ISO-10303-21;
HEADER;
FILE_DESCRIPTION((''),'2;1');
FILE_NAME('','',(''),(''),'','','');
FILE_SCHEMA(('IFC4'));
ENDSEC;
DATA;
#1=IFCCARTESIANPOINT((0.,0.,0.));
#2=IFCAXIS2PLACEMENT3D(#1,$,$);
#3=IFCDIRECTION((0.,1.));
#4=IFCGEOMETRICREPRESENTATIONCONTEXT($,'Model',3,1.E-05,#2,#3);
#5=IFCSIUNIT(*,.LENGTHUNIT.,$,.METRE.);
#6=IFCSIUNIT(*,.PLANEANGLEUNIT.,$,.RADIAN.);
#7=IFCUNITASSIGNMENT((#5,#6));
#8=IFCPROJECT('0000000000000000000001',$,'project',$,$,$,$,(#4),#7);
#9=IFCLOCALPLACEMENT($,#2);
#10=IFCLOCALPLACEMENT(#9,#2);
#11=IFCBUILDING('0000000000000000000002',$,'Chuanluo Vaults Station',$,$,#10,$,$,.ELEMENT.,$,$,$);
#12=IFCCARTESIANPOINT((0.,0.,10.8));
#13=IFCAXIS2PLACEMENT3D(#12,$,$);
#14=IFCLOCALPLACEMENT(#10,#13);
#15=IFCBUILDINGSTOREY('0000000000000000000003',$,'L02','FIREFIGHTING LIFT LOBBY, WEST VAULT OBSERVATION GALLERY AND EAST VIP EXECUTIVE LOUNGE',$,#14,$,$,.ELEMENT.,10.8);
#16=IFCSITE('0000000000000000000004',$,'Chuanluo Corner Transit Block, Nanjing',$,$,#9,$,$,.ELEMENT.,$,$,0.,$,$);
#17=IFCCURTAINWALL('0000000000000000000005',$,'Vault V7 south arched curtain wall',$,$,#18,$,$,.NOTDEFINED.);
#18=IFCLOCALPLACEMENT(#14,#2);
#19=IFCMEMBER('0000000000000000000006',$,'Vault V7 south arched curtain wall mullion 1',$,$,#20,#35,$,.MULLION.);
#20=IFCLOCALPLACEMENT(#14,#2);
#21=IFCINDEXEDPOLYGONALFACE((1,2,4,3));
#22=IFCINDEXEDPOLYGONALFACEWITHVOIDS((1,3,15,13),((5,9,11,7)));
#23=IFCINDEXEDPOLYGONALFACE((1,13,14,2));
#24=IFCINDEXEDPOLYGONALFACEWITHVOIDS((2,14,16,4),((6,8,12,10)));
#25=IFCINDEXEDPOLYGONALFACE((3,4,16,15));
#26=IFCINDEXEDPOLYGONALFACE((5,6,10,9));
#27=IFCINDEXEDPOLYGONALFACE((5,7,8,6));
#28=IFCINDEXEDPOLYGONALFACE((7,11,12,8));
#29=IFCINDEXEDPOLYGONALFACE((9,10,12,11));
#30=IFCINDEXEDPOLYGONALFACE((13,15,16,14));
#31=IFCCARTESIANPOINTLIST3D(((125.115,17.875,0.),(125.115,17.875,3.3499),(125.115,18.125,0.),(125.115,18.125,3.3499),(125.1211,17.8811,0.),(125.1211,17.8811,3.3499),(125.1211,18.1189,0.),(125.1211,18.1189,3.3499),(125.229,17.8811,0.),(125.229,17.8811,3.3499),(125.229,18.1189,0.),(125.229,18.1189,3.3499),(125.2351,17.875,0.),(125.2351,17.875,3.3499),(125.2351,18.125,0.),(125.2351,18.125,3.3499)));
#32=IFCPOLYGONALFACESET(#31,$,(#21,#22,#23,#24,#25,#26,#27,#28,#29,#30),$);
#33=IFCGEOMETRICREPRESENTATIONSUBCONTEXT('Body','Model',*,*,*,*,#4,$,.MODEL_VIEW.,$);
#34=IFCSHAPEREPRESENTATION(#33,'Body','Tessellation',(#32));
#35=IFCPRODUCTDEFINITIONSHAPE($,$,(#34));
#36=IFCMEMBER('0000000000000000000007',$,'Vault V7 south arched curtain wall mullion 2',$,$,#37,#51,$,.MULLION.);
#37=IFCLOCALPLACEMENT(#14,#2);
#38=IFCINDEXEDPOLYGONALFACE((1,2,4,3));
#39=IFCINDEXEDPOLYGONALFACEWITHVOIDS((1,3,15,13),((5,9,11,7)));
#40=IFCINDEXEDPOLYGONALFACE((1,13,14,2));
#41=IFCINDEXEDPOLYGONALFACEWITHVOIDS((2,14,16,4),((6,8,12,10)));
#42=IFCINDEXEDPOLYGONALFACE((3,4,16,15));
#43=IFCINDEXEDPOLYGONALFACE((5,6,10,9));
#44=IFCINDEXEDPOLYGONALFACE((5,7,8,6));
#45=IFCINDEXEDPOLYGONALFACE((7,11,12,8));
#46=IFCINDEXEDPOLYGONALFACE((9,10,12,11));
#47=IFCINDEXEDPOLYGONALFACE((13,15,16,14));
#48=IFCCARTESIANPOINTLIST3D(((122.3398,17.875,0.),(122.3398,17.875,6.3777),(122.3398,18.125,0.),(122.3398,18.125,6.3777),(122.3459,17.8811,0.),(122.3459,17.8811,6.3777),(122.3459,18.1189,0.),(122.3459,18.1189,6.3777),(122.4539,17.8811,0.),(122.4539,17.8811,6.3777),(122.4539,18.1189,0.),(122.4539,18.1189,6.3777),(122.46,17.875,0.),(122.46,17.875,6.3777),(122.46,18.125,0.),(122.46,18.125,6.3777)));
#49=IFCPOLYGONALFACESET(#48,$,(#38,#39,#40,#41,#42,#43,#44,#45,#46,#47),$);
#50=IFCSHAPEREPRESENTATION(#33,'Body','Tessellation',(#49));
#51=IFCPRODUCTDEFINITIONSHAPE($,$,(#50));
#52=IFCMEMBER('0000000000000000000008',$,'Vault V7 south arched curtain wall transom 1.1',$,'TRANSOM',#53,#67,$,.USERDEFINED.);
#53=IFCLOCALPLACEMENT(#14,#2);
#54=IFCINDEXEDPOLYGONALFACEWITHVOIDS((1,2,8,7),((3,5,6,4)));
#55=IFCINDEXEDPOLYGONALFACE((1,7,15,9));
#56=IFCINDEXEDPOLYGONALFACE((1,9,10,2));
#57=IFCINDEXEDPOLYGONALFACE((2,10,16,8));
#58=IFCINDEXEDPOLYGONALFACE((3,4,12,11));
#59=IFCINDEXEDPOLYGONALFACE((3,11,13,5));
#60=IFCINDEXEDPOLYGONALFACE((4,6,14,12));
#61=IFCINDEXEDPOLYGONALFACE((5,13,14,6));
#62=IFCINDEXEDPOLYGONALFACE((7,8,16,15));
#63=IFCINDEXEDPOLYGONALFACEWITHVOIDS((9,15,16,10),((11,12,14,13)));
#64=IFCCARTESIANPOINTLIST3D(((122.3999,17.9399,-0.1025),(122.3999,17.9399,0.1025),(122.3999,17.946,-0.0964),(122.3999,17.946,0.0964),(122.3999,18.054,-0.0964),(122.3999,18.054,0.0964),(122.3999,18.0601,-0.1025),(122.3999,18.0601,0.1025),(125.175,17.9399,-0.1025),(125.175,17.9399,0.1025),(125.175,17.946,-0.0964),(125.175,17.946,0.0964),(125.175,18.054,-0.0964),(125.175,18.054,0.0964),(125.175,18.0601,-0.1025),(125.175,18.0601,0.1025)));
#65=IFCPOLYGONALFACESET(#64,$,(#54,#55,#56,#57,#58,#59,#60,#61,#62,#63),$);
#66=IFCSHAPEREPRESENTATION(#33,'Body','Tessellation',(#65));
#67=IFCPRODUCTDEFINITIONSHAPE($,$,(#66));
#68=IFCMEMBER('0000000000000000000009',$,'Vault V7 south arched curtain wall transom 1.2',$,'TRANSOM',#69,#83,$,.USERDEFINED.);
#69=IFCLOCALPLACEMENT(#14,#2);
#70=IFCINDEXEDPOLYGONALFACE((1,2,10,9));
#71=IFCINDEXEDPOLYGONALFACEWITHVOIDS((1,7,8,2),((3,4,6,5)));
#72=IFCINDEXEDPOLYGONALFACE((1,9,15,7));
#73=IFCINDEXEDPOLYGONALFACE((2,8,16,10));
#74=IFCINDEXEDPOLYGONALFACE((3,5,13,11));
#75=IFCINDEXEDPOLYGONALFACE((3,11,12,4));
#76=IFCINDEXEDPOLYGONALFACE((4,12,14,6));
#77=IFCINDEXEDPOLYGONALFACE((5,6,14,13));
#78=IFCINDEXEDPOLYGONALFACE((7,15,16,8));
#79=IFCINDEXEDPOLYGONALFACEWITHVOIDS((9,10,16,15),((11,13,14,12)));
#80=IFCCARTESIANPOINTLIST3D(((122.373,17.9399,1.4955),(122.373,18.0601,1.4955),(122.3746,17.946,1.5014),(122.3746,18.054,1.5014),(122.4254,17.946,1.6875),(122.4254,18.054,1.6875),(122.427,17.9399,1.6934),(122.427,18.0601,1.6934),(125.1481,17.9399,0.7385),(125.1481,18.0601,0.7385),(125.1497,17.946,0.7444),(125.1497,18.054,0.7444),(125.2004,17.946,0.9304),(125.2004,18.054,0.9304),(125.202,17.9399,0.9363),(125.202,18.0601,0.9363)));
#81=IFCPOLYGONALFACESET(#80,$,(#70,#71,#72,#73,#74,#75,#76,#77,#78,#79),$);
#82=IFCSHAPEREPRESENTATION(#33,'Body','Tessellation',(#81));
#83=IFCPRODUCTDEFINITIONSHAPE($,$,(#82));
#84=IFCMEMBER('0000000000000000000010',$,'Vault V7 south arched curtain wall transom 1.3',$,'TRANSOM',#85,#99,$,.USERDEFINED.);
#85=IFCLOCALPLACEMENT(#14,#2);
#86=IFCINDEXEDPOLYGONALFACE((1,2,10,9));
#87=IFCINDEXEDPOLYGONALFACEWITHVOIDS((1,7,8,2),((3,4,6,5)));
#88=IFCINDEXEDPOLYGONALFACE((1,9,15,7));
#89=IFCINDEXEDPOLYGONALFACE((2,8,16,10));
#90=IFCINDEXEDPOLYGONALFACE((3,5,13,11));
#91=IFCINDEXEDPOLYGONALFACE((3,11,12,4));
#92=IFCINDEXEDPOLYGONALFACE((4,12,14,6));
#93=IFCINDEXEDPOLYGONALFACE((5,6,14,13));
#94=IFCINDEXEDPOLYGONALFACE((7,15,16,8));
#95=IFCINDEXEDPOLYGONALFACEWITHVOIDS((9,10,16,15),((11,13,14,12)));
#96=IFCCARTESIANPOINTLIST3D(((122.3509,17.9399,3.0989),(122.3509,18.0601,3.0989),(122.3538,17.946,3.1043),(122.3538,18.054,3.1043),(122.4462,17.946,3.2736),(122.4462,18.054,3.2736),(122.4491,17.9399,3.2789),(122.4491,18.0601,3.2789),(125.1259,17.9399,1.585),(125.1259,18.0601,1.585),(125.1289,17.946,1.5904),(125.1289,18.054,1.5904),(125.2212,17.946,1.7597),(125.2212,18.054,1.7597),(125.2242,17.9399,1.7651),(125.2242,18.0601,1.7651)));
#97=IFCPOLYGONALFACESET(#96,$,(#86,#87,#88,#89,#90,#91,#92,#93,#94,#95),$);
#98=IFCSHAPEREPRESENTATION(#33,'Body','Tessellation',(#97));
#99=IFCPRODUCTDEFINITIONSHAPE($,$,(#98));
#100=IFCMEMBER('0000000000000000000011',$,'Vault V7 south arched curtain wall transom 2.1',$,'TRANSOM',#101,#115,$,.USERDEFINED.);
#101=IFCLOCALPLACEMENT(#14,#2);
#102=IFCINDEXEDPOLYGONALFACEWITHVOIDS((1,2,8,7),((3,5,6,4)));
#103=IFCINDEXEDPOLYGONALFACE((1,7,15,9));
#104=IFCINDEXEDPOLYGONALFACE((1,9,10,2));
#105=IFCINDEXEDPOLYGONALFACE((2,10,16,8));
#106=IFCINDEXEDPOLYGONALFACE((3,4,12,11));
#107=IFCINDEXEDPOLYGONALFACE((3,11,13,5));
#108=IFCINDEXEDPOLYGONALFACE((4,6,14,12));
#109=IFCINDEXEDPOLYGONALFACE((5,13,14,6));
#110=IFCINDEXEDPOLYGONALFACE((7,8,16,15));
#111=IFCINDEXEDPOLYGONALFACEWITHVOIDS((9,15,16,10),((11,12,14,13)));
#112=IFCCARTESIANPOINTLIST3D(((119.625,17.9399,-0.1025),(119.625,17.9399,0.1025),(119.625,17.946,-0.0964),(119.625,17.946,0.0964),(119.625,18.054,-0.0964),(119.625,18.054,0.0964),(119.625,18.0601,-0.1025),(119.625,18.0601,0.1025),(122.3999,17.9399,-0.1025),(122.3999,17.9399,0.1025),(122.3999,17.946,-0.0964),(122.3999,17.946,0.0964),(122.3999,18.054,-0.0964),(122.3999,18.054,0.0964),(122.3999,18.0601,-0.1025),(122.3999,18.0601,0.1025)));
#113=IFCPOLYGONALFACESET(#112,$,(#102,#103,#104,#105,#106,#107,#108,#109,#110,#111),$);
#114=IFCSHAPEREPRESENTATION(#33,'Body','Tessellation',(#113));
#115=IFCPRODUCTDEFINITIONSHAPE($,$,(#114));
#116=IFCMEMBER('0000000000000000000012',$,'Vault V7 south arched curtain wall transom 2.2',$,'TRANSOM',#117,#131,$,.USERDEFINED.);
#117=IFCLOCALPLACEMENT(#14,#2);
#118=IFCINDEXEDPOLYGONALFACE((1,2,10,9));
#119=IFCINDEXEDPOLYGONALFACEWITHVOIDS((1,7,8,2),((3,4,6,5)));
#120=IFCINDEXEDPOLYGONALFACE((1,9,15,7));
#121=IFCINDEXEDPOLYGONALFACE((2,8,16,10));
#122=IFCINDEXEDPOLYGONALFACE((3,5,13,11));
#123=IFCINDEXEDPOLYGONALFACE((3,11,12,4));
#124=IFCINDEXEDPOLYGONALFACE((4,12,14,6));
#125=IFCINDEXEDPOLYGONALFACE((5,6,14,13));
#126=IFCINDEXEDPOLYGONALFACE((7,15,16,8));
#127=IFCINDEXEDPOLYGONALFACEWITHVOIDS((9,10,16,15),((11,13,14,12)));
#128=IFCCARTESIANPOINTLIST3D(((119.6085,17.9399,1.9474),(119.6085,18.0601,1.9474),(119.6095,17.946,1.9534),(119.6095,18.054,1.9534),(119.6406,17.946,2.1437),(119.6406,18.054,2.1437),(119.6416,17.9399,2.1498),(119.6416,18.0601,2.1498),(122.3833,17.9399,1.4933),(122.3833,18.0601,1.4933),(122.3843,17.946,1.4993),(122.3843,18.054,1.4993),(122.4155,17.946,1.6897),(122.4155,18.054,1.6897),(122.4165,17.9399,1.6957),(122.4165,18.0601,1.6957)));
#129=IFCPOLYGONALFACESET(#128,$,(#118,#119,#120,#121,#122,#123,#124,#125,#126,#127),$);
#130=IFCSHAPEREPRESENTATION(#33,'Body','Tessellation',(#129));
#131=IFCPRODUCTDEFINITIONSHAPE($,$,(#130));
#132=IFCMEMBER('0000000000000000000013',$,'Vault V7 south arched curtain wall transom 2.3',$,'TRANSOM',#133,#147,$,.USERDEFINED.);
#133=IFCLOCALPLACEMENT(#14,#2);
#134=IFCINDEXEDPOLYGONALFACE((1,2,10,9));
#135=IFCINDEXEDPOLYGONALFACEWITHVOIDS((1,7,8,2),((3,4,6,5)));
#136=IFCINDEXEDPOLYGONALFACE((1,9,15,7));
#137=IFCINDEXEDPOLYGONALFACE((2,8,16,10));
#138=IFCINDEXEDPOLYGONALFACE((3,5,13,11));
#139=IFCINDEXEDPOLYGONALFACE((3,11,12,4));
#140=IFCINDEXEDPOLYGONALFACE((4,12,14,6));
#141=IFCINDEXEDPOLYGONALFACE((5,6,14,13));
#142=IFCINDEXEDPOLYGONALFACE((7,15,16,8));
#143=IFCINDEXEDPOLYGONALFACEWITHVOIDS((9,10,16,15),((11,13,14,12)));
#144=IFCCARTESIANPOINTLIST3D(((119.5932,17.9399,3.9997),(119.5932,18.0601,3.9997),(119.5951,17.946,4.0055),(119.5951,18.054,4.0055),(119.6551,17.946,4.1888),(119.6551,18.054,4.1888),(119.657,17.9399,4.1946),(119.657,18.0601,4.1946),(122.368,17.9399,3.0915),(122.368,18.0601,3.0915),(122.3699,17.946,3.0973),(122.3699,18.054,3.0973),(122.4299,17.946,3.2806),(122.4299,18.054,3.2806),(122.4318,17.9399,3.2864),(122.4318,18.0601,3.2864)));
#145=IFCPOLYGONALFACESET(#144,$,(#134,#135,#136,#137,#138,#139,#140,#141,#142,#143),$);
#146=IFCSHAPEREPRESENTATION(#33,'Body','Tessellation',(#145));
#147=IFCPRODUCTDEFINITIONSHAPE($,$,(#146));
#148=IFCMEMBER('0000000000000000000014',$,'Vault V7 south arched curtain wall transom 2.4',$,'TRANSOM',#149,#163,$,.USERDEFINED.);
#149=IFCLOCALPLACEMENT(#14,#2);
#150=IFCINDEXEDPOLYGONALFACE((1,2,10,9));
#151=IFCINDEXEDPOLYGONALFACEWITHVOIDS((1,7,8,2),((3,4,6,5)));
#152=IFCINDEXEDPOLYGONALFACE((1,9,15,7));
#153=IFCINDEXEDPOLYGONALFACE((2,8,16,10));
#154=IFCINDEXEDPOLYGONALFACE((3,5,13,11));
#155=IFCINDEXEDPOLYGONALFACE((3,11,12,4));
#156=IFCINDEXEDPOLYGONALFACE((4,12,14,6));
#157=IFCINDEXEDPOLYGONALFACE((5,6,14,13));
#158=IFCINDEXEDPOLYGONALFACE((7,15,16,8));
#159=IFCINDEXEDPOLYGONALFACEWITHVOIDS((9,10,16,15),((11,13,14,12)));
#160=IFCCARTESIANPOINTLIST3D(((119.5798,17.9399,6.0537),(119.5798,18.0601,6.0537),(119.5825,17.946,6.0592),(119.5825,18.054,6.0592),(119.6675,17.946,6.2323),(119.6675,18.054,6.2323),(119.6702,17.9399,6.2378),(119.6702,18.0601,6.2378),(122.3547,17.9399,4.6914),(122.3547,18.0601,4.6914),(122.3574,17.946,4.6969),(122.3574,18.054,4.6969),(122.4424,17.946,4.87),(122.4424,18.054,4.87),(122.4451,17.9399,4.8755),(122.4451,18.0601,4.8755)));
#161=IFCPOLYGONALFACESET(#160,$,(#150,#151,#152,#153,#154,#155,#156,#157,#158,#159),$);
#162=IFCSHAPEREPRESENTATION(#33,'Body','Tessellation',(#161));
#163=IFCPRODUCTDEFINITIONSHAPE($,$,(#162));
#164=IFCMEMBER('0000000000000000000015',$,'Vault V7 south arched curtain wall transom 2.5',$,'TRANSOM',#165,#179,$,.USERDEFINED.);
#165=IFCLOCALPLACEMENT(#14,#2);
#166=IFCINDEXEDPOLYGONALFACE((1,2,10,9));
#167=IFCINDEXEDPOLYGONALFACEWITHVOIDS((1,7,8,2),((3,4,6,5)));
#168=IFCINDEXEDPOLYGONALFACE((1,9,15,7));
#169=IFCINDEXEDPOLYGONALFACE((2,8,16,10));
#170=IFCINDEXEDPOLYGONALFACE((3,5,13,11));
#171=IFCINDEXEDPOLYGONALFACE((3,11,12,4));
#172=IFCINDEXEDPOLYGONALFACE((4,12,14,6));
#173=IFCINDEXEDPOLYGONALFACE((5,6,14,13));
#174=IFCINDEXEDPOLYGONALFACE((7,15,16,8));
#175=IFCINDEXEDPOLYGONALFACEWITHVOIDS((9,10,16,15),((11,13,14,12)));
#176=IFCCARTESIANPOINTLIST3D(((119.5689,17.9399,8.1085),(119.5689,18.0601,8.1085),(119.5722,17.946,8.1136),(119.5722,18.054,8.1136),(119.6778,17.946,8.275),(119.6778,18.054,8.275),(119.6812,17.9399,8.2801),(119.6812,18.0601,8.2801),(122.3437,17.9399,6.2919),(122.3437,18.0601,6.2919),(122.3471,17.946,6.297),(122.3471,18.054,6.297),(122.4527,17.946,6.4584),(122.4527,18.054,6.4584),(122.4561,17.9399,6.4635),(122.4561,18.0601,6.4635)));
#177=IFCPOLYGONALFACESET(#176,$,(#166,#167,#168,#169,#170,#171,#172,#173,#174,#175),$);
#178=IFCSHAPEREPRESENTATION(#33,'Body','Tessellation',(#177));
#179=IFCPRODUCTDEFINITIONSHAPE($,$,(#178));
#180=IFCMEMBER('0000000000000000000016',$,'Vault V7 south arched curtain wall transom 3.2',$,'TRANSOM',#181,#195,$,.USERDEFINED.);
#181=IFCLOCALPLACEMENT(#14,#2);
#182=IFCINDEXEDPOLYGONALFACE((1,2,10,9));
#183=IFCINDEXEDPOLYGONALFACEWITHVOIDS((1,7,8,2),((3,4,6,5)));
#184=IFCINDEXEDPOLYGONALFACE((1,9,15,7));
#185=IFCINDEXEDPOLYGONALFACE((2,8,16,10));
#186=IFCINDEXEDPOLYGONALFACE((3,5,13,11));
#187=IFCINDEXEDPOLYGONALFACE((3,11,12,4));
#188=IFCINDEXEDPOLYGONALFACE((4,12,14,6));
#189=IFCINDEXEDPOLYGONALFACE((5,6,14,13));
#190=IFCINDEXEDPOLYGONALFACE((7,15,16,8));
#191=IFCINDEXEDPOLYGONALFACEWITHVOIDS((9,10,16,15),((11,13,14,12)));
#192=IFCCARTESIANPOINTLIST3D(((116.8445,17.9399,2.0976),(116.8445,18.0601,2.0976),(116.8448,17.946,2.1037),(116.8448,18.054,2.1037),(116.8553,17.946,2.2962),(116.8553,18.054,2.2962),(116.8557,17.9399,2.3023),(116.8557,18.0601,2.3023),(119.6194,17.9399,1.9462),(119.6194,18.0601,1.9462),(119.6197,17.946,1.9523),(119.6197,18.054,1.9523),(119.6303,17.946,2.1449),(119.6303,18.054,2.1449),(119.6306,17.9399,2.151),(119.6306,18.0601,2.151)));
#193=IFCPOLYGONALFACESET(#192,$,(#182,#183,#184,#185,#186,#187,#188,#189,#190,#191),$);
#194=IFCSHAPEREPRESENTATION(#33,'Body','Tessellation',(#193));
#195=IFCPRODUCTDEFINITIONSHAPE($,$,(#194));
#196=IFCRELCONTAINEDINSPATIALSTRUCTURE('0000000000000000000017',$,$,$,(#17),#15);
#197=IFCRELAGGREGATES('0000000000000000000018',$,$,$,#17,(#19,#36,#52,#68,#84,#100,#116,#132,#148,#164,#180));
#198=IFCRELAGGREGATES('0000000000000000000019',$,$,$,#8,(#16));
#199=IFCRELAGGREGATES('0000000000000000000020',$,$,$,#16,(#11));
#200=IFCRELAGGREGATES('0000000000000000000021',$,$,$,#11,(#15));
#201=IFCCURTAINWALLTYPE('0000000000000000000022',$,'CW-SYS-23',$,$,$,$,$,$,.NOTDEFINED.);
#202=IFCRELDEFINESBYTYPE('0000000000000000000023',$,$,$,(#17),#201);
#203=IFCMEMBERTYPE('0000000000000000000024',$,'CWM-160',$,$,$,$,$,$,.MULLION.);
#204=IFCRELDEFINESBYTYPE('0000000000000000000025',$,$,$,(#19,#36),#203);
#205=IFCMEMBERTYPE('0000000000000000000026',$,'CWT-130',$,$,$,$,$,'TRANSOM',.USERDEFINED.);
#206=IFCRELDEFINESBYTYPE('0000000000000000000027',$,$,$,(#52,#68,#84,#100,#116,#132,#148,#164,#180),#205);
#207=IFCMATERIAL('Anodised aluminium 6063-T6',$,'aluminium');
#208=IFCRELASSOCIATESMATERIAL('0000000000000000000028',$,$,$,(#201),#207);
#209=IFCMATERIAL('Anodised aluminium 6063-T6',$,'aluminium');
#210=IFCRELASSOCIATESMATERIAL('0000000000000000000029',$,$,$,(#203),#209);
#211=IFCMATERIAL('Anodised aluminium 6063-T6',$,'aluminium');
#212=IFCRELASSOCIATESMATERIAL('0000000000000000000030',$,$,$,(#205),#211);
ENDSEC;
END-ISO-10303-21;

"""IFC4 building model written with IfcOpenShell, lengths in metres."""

from ifc_helpers import new_model, si_unit, direction, frame, origin, origin_2d, place, context, subcontext, project, spatial, hollow_rectangle, extrude, material, material_profile, profile_set, type_object, element, aggregate, save


model = new_model("IFC4")

# Units and contexts
model_context = context("Model", 3, precision=1e-05, world=origin(), true_north=direction((0.0, 1.0)))
body_context = subcontext(model_context, "Body", "Model", "MODEL_VIEW")
ifc_project = project(units=[si_unit("LENGTHUNIT", "METRE"), si_unit("PLANEANGLEUNIT", "RADIAN")], contexts=[model_context])

# Site, building, storey
site_placement = place(None, origin())
site = spatial("IfcSite", under=ifc_project, at=site_placement, Name="Chuanluo Corner Transit Block, Nanjing", CompositionType="ELEMENT", RefElevation=0.0)
building_placement = place(site_placement, origin())
building = spatial("IfcBuilding", under=site, at=building_placement, Name="Chuanluo Vaults Station", CompositionType="ELEMENT")
storey_placement = place(building_placement, frame((0.0, 0.0, 10.8)))
storey = spatial("IfcBuildingStorey", under=building, at=storey_placement, Name="L02", Description="FIREFIGHTING LIFT LOBBY, WEST VAULT OBSERVATION GALLERY AND EAST VIP EXECUTIVE LOUNGE", CompositionType="ELEMENT", Elevation=10.8)

# Curtain wall, members
ifc_material_1 = material(Name="Anodised aluminium 6063-T6", Category="aluminium")
curtain_wall_type = type_object("IfcCurtainWallType", Name="CW-SYS-23", PredefinedType="NOTDEFINED", material=ifc_material_1)
curtain_wall_placement = place(storey_placement, origin())
curtain_wall = element("IfcCurtainWall", 1, at=curtain_wall_placement, inside=storey, type_object=curtain_wall_type, Name="Vault V7 south arched curtain wall", PredefinedType="NOTDEFINED")
ifc_material_2 = material(Name="Anodised aluminium 6063-T6", Category="aluminium")
ifc_material_profile_1 = material_profile(ifc_material_2, hollow_rectangle(XDim=0.1201, YDim=0.25, WallThickness=0.0061, at=origin_2d()))
ifc_profile_set_1 = profile_set([ifc_material_profile_1], Name="Anodised aluminium 6063-T6")
member_type_1 = type_object("IfcMemberType", Name="CWM-160", PredefinedType="MULLION", material=ifc_profile_set_1)
member_1_placement = place(storey_placement, frame((125.175, 18.0, 0.0), z_axis=(0.0, 0.0, 1.0), x_axis=(-1.0, 0.0, 0.0)))
member_1 = element("IfcMember", 2, at=member_1_placement, type_object=member_type_1, Name="Vault V7 south arched curtain wall mullion 1", PredefinedType="MULLION", context=body_context, shape_type="SweptSolid", body=[
    extrude(hollow_rectangle(XDim=0.1201, YDim=0.25, WallThickness=0.0061, at=origin_2d()), origin(), (0.0, 0.0, 1.0), 3.3499),
])
member_2_placement = place(storey_placement, frame((122.3999, 18.0, 0.0), z_axis=(0.0, 0.0, 1.0), x_axis=(-1.0, 0.0, 0.0)))
member_2 = element("IfcMember", 3, at=member_2_placement, type_object=member_type_1, Name="Vault V7 south arched curtain wall mullion 2", PredefinedType="MULLION", context=body_context, shape_type="SweptSolid", body=[
    extrude(hollow_rectangle(XDim=0.1201, YDim=0.25, WallThickness=0.0061, at=origin_2d()), origin(), (0.0, 0.0, 1.0), 6.3777),
])
ifc_material_3 = material(Name="Anodised aluminium 6063-T6", Category="aluminium")
ifc_material_profile_2 = material_profile(ifc_material_3, hollow_rectangle(XDim=0.1201, YDim=0.2051, WallThickness=0.0061, at=origin_2d()))
ifc_profile_set_2 = profile_set([ifc_material_profile_2], Name="Anodised aluminium 6063-T6")
member_type_2 = type_object("IfcMemberType", Name="CWT-130", ElementType="TRANSOM", PredefinedType="USERDEFINED", material=ifc_profile_set_2)
member_3_placement = place(storey_placement, frame((125.175, 18.0, 0.0), z_axis=(-1.0, 0.0, 0.0), x_axis=(0.0, -1.0, 0.0)))
member_3 = element("IfcMember", 4, at=member_3_placement, type_object=member_type_2, Name="Vault V7 south arched curtain wall transom 1.1", ObjectType="TRANSOM", PredefinedType="USERDEFINED", context=body_context, shape_type="SweptSolid", body=[
    extrude(hollow_rectangle(XDim=0.1201, YDim=0.2051, WallThickness=0.0061, at=origin_2d()), origin(), (0.0, 0.0, 1.0), 2.7751),
])
member_4_placement = place(storey_placement, frame((125.175, 18.0, 0.8374), z_axis=(-0.964744, 0.0, 0.263189), x_axis=(0.0, -1.0, 0.0)))
member_4 = element("IfcMember", 5, at=member_4_placement, type_object=member_type_2, Name="Vault V7 south arched curtain wall transom 1.2", ObjectType="TRANSOM", PredefinedType="USERDEFINED", context=body_context, shape_type="SweptSolid", body=[
    extrude(hollow_rectangle(XDim=0.1201, YDim=0.2051, WallThickness=0.0061, at=origin_2d()), origin(), (0.0, 0.0, 1.0), 2.8765),
])
member_5_placement = place(storey_placement, frame((125.175, 18.0, 1.675), z_axis=(-0.877869, 0.0, 0.478901), x_axis=(0.0, -1.0, 0.0)))
member_5 = element("IfcMember", 6, at=member_5_placement, type_object=member_type_2, Name="Vault V7 south arched curtain wall transom 1.3", ObjectType="TRANSOM", PredefinedType="USERDEFINED", context=body_context, shape_type="SweptSolid", body=[
    extrude(hollow_rectangle(XDim=0.1201, YDim=0.2051, WallThickness=0.0061, at=origin_2d()), origin(), (0.0, 0.0, 1.0), 3.1611),
])
member_6_placement = place(storey_placement, frame((122.3999, 18.0, 0.0), z_axis=(-1.0, 0.0, 0.0), x_axis=(0.0, -1.0, 0.0)))
member_6 = element("IfcMember", 7, at=member_6_placement, type_object=member_type_2, Name="Vault V7 south arched curtain wall transom 2.1", ObjectType="TRANSOM", PredefinedType="USERDEFINED", context=body_context, shape_type="SweptSolid", body=[
    extrude(hollow_rectangle(XDim=0.1201, YDim=0.2051, WallThickness=0.0061, at=origin_2d()), origin(), (0.0, 0.0, 1.0), 2.7749),
])
member_7_placement = place(storey_placement, frame((122.3999, 18.0, 1.5945), z_axis=(-0.986873, 0.0, 0.161498), x_axis=(0.0, -1.0, 0.0)))
member_7 = element("IfcMember", 8, at=member_7_placement, type_object=member_type_2, Name="Vault V7 south arched curtain wall transom 2.2", ObjectType="TRANSOM", PredefinedType="USERDEFINED", context=body_context, shape_type="SweptSolid", body=[
    extrude(hollow_rectangle(XDim=0.1201, YDim=0.2051, WallThickness=0.0061, at=origin_2d()), origin(), (0.0, 0.0, 1.0), 2.8118),
])
member_8_placement = place(storey_placement, frame((122.3999, 18.0, 3.189), z_axis=(-0.950392, 0.0, 0.311056), x_axis=(0.0, -1.0, 0.0)))
member_8 = element("IfcMember", 9, at=member_8_placement, type_object=member_type_2, Name="Vault V7 south arched curtain wall transom 2.3", ObjectType="TRANSOM", PredefinedType="USERDEFINED", context=body_context, shape_type="SweptSolid", body=[
    extrude(hollow_rectangle(XDim=0.1201, YDim=0.2051, WallThickness=0.0061, at=origin_2d()), origin(), (0.0, 0.0, 1.0), 2.9197),
])
member_9_placement = place(storey_placement, frame((122.3999, 18.0, 4.7834), z_axis=(-0.897657, 0.0, 0.440694), x_axis=(0.0, -1.0, 0.0)))
member_9 = element("IfcMember", 10, at=member_9_placement, type_object=member_type_2, Name="Vault V7 south arched curtain wall transom 2.4", ObjectType="TRANSOM", PredefinedType="USERDEFINED", context=body_context, shape_type="SweptSolid", body=[
    extrude(hollow_rectangle(XDim=0.1201, YDim=0.2051, WallThickness=0.0061, at=origin_2d()), origin(), (0.0, 0.0, 1.0), 3.0913),
])
member_10_placement = place(storey_placement, frame((122.3999, 18.0, 6.3777), z_axis=(-0.836653, 0.0, 0.547733), x_axis=(0.0, -1.0, 0.0)))
member_10 = element("IfcMember", 11, at=member_10_placement, type_object=member_type_2, Name="Vault V7 south arched curtain wall transom 2.5", ObjectType="TRANSOM", PredefinedType="USERDEFINED", context=body_context, shape_type="SweptSolid", body=[
    extrude(hollow_rectangle(XDim=0.1201, YDim=0.2051, WallThickness=0.0061, at=origin_2d()), origin(), (0.0, 0.0, 1.0), 3.3167),
])
member_11_placement = place(storey_placement, frame((119.625, 18.0, 2.0486), z_axis=(-0.998516, 0.0, 0.054468), x_axis=(0.0, -1.0, 0.0)))
member_11 = element("IfcMember", 12, at=member_11_placement, type_object=member_type_2, Name="Vault V7 south arched curtain wall transom 3.2", ObjectType="TRANSOM", PredefinedType="USERDEFINED", context=body_context, shape_type="SweptSolid", body=[
    extrude(hollow_rectangle(XDim=0.1201, YDim=0.2051, WallThickness=0.0061, at=origin_2d()), origin(), (0.0, 0.0, 1.0), 2.7791),
])
aggregate(curtain_wall, [member_1, member_2, member_3, member_4, member_5, member_6, member_7, member_8, member_9, member_10, member_11])

save(model, "model.ifc")
